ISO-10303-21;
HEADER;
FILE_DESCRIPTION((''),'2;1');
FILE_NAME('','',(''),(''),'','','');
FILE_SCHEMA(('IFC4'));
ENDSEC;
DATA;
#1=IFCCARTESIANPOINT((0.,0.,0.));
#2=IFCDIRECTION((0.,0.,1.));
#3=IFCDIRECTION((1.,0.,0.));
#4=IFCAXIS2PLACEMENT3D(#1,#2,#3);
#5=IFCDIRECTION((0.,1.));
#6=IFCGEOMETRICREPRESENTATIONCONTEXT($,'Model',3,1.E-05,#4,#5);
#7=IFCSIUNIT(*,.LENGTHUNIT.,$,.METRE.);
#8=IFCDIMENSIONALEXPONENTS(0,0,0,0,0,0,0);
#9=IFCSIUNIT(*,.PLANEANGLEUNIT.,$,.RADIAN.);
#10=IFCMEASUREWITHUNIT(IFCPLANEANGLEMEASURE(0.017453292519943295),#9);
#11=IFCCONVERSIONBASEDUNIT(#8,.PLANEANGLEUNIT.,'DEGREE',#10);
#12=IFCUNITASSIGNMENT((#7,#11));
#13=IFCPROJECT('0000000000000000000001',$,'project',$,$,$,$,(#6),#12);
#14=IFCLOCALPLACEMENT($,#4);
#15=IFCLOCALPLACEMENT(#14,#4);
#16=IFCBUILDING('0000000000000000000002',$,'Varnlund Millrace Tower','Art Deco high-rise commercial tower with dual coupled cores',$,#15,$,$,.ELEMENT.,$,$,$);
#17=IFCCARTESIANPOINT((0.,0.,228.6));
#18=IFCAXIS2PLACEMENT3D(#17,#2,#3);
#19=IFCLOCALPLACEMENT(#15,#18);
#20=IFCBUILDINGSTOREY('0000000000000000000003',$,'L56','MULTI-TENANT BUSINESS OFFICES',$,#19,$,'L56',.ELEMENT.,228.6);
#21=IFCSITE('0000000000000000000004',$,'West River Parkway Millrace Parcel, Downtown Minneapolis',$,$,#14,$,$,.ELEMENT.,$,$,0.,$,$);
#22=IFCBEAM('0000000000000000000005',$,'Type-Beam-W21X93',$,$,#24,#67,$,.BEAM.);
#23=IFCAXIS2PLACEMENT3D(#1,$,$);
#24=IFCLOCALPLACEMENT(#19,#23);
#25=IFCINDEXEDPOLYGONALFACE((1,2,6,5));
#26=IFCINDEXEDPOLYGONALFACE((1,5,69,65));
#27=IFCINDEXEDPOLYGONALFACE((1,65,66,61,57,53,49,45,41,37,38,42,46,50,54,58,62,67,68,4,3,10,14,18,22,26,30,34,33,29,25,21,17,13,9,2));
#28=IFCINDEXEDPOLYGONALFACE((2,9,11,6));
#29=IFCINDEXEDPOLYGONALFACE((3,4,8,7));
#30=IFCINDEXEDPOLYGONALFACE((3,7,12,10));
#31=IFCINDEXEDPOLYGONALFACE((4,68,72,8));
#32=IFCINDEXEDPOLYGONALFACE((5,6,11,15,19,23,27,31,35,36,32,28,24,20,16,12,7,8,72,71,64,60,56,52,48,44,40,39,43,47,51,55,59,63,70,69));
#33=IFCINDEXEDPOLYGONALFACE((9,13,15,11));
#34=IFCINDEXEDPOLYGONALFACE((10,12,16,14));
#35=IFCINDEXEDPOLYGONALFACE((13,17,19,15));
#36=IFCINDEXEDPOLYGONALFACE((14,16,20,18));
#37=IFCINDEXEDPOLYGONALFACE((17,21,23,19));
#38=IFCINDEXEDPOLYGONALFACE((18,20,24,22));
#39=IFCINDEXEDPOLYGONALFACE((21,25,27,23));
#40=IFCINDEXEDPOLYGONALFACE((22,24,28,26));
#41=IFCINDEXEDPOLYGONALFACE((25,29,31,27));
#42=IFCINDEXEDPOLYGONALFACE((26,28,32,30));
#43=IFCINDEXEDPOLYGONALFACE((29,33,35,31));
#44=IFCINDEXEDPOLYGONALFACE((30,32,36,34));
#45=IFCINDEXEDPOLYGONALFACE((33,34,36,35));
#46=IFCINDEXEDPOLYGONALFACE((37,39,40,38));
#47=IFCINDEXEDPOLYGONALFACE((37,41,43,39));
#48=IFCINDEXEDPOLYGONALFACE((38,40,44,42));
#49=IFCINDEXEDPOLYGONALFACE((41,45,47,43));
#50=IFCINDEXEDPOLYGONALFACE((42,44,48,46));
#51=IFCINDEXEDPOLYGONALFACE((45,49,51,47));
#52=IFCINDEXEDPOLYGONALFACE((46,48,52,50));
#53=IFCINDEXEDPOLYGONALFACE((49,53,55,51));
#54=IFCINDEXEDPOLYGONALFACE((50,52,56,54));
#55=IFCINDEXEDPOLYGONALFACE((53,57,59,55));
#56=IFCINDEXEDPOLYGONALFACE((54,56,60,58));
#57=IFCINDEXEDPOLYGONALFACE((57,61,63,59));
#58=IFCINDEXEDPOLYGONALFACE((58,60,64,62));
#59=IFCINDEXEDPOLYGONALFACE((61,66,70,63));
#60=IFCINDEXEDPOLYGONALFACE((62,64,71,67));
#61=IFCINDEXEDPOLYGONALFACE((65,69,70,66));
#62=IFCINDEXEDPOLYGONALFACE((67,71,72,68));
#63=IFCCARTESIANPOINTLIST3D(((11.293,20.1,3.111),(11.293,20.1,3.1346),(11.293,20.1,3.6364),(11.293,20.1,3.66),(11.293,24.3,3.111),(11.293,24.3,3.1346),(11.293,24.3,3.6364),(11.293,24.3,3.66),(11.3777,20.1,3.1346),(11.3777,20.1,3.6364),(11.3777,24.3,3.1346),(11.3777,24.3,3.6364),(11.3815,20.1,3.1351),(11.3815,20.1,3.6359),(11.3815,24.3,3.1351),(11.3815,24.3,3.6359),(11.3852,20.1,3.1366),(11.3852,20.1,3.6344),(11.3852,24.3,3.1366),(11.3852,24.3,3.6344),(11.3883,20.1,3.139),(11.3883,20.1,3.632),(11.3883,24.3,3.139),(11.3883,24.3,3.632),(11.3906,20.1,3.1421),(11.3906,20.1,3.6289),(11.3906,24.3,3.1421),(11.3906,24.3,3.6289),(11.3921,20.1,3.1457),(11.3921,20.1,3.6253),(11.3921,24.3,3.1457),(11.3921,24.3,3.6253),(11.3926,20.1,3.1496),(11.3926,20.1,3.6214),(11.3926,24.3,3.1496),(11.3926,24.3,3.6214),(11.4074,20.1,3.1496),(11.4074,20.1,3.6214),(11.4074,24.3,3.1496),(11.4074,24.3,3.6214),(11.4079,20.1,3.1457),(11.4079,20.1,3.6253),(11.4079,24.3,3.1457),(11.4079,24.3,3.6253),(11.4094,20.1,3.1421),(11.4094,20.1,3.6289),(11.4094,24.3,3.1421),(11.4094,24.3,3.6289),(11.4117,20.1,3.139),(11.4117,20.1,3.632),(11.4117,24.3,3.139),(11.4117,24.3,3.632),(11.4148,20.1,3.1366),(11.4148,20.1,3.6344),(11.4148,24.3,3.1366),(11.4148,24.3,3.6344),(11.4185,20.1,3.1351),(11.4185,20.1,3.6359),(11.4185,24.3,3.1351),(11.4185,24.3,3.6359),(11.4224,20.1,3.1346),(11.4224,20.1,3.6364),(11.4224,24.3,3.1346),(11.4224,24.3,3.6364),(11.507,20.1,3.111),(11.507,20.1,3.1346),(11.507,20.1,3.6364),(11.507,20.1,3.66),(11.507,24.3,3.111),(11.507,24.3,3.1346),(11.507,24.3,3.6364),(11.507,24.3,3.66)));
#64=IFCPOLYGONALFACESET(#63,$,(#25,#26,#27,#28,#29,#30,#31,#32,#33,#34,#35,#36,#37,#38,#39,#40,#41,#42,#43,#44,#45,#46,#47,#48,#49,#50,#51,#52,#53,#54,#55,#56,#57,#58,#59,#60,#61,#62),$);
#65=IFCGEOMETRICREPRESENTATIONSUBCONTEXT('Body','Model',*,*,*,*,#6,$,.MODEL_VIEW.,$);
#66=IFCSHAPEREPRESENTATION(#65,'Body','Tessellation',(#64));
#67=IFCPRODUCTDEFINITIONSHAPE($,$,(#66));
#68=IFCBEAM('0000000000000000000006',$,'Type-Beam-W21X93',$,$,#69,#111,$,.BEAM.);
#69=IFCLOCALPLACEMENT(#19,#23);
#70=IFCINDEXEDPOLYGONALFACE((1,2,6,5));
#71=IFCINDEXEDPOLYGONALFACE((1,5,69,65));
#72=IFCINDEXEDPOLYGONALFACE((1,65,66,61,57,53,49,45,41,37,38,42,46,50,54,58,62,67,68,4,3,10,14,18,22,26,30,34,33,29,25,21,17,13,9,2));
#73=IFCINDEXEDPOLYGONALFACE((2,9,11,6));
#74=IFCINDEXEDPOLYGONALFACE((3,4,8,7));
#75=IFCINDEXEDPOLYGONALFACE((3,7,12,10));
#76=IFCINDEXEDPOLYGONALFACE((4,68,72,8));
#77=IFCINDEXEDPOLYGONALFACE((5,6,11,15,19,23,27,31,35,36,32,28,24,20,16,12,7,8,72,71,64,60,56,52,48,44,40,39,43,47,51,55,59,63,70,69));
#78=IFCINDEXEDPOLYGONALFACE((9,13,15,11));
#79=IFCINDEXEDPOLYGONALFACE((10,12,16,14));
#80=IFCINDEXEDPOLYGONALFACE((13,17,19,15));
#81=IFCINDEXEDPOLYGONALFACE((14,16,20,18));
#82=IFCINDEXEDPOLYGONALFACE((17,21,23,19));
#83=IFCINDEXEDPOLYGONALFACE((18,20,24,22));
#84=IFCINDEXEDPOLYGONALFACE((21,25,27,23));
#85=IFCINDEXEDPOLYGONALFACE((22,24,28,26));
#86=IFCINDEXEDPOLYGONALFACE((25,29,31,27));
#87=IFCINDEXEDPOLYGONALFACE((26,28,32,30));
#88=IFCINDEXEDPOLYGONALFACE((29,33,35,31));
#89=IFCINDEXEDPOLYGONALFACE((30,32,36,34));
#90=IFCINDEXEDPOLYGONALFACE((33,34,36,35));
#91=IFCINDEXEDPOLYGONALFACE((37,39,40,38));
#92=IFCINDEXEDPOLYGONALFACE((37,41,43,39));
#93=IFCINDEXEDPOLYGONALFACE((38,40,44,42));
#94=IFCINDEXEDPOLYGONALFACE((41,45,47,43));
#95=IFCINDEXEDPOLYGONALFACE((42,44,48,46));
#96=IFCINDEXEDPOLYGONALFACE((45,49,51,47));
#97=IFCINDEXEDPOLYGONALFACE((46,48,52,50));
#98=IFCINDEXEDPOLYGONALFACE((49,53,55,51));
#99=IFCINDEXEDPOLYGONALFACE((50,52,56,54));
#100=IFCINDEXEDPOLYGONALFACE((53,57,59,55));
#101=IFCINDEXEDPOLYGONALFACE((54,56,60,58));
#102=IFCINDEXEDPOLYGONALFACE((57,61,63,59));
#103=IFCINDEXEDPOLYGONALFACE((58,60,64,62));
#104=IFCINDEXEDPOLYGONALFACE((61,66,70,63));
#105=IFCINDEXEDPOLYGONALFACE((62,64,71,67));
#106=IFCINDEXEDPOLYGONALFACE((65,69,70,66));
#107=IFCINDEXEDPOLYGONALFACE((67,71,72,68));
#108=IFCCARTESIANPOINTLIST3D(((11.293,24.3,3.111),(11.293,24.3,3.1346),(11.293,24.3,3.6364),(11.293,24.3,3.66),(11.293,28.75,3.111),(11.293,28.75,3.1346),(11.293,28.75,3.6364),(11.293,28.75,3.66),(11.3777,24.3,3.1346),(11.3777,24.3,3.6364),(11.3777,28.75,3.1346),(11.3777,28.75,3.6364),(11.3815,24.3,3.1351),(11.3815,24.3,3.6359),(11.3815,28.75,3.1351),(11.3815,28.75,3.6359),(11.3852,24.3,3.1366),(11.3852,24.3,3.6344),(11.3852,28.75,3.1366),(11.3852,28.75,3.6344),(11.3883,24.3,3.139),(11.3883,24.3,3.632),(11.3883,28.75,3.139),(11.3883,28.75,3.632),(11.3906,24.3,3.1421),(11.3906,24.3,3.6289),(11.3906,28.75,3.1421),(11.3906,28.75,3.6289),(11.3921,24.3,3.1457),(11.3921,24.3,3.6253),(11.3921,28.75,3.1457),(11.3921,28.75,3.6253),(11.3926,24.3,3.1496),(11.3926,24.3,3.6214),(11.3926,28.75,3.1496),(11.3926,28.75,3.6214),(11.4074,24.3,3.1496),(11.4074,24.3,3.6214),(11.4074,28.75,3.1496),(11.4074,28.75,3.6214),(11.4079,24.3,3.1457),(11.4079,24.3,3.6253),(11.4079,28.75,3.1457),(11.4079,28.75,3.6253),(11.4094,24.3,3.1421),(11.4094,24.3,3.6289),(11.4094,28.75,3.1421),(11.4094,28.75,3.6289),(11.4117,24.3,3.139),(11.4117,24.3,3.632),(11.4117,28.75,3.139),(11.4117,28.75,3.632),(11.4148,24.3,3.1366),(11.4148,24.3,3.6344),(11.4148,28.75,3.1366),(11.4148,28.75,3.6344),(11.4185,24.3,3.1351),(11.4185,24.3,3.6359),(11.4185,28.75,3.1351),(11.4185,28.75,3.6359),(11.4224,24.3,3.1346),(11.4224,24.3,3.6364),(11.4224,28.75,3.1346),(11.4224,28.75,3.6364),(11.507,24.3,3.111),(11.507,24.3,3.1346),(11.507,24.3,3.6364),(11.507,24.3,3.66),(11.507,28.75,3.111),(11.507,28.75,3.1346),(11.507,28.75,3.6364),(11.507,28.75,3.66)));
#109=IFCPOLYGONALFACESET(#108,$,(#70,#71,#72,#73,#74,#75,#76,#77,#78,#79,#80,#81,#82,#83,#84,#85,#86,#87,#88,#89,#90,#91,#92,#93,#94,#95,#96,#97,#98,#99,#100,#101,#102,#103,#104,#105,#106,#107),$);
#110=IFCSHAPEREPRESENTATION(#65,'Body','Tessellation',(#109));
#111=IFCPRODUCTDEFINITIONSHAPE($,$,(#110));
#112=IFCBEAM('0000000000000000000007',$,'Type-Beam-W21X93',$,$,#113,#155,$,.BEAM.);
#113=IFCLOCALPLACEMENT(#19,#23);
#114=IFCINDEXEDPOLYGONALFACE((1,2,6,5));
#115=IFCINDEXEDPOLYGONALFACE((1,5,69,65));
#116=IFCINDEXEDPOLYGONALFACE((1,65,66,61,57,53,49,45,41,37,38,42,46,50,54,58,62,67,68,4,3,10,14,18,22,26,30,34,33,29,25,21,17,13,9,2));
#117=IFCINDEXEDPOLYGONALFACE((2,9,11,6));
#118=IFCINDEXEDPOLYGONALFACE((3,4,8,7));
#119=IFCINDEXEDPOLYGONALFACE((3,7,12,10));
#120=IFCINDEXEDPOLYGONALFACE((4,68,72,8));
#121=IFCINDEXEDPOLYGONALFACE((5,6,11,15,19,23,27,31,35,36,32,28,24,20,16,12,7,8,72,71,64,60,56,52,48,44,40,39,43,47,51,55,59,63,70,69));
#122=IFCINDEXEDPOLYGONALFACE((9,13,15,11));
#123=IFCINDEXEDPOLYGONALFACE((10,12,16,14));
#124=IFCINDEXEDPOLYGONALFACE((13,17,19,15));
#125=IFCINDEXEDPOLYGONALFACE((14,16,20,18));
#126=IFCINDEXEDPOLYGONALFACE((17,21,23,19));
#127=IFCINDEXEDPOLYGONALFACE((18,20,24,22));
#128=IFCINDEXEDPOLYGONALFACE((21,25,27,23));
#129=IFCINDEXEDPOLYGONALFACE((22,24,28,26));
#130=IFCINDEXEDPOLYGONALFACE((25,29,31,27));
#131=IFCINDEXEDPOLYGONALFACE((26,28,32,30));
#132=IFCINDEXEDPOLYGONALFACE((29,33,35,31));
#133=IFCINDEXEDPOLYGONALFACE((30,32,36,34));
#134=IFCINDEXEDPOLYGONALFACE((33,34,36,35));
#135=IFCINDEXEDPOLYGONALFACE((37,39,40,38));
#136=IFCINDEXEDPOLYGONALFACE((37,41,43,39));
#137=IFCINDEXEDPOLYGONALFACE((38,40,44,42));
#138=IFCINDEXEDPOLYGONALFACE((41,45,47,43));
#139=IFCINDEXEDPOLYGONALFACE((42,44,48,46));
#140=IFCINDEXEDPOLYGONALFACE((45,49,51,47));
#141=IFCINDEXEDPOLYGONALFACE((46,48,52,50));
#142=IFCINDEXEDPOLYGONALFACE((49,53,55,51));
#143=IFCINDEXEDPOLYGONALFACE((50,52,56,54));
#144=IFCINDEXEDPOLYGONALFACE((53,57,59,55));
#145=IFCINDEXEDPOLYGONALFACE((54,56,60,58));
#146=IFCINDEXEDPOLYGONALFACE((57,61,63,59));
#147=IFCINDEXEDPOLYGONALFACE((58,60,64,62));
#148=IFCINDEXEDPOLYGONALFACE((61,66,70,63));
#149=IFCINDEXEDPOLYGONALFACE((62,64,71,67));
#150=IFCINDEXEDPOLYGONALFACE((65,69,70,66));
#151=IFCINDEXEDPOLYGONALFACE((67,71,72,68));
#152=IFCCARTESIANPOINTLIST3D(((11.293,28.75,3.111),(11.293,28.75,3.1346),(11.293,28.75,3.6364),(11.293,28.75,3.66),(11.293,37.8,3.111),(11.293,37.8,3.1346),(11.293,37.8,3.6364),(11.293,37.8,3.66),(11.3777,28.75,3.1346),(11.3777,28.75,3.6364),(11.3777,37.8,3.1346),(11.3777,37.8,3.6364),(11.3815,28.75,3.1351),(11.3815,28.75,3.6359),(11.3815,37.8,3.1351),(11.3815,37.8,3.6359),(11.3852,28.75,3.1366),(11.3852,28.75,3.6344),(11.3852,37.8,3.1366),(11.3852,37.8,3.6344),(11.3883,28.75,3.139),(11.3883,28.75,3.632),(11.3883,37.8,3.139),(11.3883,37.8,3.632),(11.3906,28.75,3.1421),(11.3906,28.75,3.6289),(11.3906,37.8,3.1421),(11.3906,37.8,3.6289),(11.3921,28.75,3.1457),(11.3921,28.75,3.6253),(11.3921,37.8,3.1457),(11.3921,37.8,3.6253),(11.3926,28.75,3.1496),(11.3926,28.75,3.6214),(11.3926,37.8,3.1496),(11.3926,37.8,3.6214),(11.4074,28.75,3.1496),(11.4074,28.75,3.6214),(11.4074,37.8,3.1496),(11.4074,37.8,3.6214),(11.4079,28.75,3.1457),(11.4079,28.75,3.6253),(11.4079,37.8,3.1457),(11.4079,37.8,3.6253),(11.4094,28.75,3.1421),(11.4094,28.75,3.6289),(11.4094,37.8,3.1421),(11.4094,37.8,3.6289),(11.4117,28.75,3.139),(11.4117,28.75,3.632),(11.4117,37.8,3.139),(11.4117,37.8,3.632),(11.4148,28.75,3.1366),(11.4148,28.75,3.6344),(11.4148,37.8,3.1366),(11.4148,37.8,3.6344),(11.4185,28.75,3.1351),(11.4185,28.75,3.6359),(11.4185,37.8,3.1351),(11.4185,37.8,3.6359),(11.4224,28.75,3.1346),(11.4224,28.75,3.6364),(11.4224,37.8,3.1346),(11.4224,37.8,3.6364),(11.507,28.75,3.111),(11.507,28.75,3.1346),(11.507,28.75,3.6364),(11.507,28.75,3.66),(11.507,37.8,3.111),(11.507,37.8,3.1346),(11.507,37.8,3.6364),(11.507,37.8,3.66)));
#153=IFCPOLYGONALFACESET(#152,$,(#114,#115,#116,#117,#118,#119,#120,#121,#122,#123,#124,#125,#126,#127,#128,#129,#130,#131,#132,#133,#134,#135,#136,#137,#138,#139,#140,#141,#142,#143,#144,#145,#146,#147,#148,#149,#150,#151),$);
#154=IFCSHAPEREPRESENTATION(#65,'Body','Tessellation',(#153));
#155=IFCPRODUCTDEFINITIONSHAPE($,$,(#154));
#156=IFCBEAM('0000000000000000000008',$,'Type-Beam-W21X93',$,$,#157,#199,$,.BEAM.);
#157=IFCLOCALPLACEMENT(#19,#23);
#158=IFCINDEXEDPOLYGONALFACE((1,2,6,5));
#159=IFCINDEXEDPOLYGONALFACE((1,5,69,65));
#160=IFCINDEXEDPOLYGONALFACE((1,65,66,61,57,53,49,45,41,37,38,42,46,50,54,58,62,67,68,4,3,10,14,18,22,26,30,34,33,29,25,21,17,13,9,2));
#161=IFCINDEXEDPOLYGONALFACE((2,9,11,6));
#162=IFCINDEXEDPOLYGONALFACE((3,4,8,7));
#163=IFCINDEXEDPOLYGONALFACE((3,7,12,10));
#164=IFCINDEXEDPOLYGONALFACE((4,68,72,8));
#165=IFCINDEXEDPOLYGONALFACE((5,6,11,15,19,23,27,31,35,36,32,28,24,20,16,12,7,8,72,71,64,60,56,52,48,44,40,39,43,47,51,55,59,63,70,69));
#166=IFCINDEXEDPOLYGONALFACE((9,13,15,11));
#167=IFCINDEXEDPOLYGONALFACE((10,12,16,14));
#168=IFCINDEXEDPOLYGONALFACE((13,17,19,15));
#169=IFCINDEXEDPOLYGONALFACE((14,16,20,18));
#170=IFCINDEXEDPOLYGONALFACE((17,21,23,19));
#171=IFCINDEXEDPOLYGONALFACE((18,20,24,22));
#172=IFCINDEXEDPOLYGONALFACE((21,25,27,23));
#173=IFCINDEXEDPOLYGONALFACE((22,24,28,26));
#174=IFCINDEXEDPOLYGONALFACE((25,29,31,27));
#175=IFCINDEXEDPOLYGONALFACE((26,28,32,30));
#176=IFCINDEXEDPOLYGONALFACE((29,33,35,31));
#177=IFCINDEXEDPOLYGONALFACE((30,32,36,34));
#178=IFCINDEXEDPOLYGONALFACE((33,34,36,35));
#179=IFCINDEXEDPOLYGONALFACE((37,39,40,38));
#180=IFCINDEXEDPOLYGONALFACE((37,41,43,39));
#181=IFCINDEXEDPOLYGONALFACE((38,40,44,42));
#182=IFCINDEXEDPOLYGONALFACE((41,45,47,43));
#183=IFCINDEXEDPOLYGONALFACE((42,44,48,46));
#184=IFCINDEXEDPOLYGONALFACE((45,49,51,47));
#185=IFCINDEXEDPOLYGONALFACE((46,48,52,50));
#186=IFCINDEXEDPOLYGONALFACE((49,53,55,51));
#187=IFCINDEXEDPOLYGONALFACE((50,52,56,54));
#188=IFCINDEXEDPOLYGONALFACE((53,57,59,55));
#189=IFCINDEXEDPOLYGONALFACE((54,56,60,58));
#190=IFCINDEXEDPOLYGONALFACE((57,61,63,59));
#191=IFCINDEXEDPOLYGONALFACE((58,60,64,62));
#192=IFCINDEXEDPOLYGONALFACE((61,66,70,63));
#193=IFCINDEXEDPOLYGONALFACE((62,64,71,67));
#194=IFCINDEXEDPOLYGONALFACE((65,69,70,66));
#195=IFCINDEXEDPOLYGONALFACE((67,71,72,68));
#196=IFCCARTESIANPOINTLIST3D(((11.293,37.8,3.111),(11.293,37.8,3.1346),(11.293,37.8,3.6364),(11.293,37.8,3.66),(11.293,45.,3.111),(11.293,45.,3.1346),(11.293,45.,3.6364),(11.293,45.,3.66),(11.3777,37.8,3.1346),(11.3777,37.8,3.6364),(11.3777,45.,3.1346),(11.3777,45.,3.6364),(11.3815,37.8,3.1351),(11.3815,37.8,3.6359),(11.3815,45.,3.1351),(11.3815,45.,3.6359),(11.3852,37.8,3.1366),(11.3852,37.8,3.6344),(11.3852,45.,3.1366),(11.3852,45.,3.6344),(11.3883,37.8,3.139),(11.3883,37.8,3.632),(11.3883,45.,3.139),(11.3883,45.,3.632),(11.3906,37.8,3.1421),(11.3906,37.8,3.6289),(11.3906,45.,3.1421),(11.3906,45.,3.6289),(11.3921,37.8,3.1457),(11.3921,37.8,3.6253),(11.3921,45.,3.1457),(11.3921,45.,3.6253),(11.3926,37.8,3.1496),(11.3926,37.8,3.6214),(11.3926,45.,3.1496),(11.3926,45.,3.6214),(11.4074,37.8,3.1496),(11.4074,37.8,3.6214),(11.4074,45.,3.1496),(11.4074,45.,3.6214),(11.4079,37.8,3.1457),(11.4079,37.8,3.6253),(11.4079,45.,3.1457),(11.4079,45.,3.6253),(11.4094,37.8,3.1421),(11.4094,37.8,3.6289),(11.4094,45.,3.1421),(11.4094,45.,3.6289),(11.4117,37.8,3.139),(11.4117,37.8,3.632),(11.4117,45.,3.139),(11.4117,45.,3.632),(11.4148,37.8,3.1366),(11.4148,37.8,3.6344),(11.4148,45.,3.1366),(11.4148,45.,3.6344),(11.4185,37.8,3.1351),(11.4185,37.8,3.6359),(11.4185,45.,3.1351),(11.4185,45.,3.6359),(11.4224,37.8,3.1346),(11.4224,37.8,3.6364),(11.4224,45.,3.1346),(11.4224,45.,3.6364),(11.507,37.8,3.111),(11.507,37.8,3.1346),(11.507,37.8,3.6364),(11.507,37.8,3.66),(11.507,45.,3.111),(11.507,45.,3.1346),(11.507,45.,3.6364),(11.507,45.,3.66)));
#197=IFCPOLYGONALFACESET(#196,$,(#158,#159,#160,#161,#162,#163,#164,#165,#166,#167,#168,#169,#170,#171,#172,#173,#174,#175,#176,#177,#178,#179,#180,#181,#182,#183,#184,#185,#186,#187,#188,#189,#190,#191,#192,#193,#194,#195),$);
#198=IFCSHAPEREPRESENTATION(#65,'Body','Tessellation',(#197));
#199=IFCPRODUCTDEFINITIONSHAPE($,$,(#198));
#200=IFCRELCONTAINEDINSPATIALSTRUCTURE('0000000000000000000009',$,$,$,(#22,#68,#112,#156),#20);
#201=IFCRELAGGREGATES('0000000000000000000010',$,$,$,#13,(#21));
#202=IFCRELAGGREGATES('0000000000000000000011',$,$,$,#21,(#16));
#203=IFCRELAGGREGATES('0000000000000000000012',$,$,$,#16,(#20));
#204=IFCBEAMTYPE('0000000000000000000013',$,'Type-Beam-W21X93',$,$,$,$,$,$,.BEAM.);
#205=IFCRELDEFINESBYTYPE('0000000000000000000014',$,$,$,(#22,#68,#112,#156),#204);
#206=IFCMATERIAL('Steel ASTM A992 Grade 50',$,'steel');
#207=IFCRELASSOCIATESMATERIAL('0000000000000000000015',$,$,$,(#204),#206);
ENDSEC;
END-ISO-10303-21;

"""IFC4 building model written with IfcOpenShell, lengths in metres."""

from ifc_helpers import new_model, entity, si_unit, converted_unit, direction, frame, origin_with_axes, origin_2d_with_axis, place, context, subcontext, project, spatial, i_section, extrude, material, material_profile, profile_set, type_object, element, save


model = new_model("IFC4")

# Units and contexts
model_context = context("Model", 3, precision=1e-05, world=origin_with_axes(), true_north=direction((0.0, 1.0)))
body_context = subcontext(model_context, "Body", "Model", "MODEL_VIEW")
ifc_project = project(units=[si_unit("LENGTHUNIT", "METRE"), converted_unit("PLANEANGLEUNIT", "DEGREE", entity("IfcPlaneAngleMeasure", 0.017453292519943295), si_unit("PLANEANGLEUNIT", "RADIAN"), dimensions=[0, 0, 0, 0, 0, 0, 0])], contexts=[model_context])

# Site, building, storey
site_placement = place(None, origin_with_axes())
site = spatial("IfcSite", under=ifc_project, at=site_placement, Name="West River Parkway Millrace Parcel, Downtown Minneapolis", CompositionType="ELEMENT", RefElevation=0.0)
building_placement = place(site_placement, origin_with_axes())
building = spatial("IfcBuilding", under=site, at=building_placement, Name="Varnlund Millrace Tower", Description="Art Deco high-rise commercial tower with dual coupled cores", CompositionType="ELEMENT")
storey_placement = place(building_placement, frame((0.0, 0.0, 228.6), z_axis=(0.0, 0.0, 1.0), x_axis=(1.0, 0.0, 0.0)))
storey = spatial("IfcBuildingStorey", under=building, at=storey_placement, Name="L56", Description="MULTI-TENANT BUSINESS OFFICES", LongName="L56", CompositionType="ELEMENT", Elevation=228.6)

# Beams
ifc_material_1 = material(Name="Steel ASTM A992 Grade 50", Category="steel")
ifc_material_profile_1 = material_profile(ifc_material_1, i_section(OverallWidth=0.214, OverallDepth=0.549, WebThickness=0.0147, FlangeThickness=0.0236, FilletRadius=0.015, at=origin_2d_with_axis()), Name="Steel ASTM A992 Grade 50")
ifc_profile_set_1 = profile_set([ifc_material_profile_1], Name="Steel ASTM A992 Grade 50")
beam_type_1 = type_object("IfcBeamType", Name="Type-Beam-W21X93", PredefinedType="BEAM", material=ifc_profile_set_1)
beam_1_placement = place(storey_placement, frame((11.4, 20.1, 3.3855), z_axis=(0.0, 1.0, 0.0), x_axis=(-1.0, 0.0, 0.0)))
element("IfcBeam", 1, at=beam_1_placement, inside=storey, type_object=beam_type_1, Name="Type-Beam-W21X93", PredefinedType="BEAM", context=body_context, shape_type="SweptSolid", body=[
    extrude(i_section(OverallWidth=0.214, OverallDepth=0.549, WebThickness=0.0147, FlangeThickness=0.0236, FilletRadius=0.015, at=origin_2d_with_axis()), origin_with_axes(), (0.0, 0.0, 1.0), 4.2),
])
beam_2_placement = place(storey_placement, frame((11.4, 24.3, 3.3855), z_axis=(0.0, 1.0, 0.0), x_axis=(-1.0, 0.0, 0.0)))
element("IfcBeam", 2, at=beam_2_placement, inside=storey, type_object=beam_type_1, Name="Type-Beam-W21X93", PredefinedType="BEAM", context=body_context, shape_type="SweptSolid", body=[
    extrude(i_section(OverallWidth=0.214, OverallDepth=0.549, WebThickness=0.0147, FlangeThickness=0.0236, FilletRadius=0.015, at=origin_2d_with_axis()), origin_with_axes(), (0.0, 0.0, 1.0), 4.45),
])
beam_3_placement = place(storey_placement, frame((11.4, 28.75, 3.3855), z_axis=(0.0, 1.0, 0.0), x_axis=(-1.0, 0.0, 0.0)))
element("IfcBeam", 3, at=beam_3_placement, inside=storey, type_object=beam_type_1, Name="Type-Beam-W21X93", PredefinedType="BEAM", context=body_context, shape_type="SweptSolid", body=[
    extrude(i_section(OverallWidth=0.214, OverallDepth=0.549, WebThickness=0.0147, FlangeThickness=0.0236, FilletRadius=0.015, at=origin_2d_with_axis()), origin_with_axes(), (0.0, 0.0, 1.0), 9.05),
])
beam_4_placement = place(storey_placement, frame((11.4, 37.8, 3.3855), z_axis=(0.0, 1.0, 0.0), x_axis=(-1.0, 0.0, 0.0)))
element("IfcBeam", 4, at=beam_4_placement, inside=storey, type_object=beam_type_1, Name="Type-Beam-W21X93", PredefinedType="BEAM", context=body_context, shape_type="SweptSolid", body=[
    extrude(i_section(OverallWidth=0.214, OverallDepth=0.549, WebThickness=0.0147, FlangeThickness=0.0236, FilletRadius=0.015, at=origin_2d_with_axis()), origin_with_axes(), (0.0, 0.0, 1.0), 7.2),
])

save(model, "model.ifc")
